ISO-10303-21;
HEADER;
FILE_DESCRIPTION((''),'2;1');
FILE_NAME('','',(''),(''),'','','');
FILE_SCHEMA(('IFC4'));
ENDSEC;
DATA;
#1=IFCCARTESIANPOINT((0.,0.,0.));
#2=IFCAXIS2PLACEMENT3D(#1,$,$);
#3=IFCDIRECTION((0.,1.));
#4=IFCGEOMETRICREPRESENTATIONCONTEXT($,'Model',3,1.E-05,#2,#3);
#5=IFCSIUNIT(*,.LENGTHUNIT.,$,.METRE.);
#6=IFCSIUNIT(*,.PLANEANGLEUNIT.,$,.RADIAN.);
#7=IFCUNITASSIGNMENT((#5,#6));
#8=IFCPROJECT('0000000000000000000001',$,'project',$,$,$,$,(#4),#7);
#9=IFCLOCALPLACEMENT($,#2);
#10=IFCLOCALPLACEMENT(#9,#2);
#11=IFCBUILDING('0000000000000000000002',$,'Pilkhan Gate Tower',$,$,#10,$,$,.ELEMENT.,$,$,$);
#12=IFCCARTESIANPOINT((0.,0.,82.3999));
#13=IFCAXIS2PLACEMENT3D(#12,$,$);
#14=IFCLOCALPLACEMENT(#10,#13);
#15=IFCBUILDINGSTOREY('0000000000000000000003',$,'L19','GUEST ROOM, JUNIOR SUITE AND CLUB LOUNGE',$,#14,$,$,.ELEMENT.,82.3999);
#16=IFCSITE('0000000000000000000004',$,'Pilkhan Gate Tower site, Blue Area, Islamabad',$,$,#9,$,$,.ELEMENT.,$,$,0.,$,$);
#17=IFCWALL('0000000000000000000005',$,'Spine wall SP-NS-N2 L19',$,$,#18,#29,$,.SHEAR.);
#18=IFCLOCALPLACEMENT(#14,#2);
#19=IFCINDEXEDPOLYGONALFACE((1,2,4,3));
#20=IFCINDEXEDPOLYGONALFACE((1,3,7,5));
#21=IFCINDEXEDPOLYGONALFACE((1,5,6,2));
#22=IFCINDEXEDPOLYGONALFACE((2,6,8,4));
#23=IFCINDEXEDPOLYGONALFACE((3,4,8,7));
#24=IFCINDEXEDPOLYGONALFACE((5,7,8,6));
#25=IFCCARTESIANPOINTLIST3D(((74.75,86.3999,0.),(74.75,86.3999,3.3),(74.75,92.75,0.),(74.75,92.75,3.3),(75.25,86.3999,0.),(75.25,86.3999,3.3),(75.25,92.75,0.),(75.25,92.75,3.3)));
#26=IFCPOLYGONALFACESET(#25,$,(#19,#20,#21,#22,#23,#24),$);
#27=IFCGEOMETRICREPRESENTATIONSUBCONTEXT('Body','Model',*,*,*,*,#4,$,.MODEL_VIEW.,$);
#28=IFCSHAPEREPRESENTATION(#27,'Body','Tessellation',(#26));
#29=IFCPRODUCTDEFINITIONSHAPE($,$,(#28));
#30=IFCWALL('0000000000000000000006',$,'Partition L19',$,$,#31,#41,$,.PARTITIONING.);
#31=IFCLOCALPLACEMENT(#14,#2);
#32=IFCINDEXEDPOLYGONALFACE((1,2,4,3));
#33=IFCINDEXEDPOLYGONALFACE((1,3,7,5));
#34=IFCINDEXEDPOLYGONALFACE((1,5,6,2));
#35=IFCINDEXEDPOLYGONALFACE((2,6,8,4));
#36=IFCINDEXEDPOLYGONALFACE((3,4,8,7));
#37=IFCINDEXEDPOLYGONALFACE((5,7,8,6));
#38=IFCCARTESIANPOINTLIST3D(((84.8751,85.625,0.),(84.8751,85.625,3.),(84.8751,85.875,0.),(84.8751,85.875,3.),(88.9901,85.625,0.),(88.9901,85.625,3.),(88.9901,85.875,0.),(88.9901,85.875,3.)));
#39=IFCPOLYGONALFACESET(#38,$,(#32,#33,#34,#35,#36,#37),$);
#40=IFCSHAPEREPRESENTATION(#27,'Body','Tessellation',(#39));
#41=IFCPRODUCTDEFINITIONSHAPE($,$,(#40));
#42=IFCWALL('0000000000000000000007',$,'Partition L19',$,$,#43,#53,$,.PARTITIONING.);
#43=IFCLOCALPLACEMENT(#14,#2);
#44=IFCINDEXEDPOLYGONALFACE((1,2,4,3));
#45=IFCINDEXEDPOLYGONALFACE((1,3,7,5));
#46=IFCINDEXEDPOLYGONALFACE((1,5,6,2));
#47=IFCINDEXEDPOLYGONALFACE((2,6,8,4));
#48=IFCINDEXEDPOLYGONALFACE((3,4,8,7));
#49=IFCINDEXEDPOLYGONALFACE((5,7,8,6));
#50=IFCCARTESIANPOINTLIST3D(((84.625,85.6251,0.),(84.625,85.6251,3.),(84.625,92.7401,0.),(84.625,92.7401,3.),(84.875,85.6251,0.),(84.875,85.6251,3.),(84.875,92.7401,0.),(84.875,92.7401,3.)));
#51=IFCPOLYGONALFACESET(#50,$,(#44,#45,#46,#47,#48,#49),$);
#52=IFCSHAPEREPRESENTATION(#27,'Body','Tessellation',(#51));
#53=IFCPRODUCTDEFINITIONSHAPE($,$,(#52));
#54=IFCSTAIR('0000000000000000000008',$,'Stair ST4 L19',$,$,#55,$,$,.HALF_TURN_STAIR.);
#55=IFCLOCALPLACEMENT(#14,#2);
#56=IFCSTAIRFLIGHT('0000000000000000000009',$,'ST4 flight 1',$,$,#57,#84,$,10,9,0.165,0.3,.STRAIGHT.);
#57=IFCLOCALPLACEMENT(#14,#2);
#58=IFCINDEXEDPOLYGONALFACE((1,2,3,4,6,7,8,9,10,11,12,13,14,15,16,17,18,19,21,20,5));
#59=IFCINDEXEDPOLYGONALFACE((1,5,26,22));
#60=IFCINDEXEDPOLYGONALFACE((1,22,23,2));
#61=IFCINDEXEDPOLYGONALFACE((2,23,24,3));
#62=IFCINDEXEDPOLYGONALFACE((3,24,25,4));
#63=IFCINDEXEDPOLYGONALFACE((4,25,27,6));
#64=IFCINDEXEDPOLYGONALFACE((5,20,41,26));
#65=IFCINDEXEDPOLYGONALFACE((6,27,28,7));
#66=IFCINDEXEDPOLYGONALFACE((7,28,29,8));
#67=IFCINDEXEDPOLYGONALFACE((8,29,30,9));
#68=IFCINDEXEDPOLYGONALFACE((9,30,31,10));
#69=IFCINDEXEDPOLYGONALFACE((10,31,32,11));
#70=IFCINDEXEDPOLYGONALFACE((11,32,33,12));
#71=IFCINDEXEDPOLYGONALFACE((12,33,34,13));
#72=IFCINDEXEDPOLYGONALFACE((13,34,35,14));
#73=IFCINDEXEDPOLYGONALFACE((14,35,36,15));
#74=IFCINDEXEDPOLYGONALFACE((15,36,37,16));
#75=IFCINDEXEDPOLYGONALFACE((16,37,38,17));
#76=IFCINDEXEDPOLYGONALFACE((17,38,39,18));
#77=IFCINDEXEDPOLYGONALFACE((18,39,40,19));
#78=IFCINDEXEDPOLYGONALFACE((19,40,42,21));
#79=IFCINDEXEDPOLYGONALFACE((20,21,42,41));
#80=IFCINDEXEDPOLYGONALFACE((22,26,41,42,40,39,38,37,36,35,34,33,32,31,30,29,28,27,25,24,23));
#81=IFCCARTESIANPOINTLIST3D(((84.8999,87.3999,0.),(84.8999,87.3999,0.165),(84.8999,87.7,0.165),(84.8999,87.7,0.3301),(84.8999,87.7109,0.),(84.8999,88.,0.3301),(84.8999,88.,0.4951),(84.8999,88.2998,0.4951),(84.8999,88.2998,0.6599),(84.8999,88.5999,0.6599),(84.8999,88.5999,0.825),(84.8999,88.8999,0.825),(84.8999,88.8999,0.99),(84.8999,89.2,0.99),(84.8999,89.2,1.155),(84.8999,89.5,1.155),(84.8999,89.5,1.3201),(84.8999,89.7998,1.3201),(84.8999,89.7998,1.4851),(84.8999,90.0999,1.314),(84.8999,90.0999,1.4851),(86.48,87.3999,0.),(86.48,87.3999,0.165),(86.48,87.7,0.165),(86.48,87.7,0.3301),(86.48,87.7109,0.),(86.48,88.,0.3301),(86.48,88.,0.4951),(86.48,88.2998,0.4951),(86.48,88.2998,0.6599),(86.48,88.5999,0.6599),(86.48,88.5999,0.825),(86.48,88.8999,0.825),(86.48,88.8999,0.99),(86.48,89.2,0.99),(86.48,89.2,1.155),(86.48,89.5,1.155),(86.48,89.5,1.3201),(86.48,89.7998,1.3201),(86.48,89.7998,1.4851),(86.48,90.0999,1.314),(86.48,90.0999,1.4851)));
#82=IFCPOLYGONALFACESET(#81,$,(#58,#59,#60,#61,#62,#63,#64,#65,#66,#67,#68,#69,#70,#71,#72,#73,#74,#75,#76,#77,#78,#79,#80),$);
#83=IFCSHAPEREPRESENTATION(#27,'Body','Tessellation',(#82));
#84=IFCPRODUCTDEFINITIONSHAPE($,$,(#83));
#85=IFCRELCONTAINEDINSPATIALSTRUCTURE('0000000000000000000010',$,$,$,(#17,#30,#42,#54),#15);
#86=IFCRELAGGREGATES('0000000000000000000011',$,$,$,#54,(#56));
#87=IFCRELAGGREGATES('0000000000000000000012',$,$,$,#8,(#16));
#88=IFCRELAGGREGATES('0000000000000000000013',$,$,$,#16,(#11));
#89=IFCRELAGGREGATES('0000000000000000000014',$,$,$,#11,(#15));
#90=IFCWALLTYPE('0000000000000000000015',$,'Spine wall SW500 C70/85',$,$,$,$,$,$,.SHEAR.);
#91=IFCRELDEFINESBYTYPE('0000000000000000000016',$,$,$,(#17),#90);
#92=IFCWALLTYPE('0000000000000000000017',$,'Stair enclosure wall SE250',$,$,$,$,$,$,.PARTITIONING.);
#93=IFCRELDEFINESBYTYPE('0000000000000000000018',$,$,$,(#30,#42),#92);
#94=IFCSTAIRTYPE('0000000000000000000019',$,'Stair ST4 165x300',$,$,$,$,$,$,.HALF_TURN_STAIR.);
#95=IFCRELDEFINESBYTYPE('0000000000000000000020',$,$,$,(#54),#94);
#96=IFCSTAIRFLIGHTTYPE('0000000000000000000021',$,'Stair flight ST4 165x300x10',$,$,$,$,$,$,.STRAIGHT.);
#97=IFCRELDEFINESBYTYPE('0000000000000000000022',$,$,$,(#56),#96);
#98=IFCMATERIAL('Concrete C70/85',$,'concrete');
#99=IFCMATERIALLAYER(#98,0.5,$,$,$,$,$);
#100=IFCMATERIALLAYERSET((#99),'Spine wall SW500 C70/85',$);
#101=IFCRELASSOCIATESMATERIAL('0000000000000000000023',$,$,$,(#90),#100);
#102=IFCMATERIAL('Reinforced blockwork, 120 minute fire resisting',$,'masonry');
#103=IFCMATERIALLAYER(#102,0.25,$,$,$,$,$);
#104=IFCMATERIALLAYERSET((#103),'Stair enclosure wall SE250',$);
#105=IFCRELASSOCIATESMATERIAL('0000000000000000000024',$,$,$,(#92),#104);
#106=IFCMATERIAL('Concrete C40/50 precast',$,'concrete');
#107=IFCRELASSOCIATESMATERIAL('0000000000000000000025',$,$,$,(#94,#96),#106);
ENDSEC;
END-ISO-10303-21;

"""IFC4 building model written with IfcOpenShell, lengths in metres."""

from ifc_helpers import new_model, si_unit, direction, frame, frame_2d, origin, place, context, subcontext, project, spatial, polyline, rectangle, outline, extrude, material, layer, layer_set, type_object, element, aggregate, save


model = new_model("IFC4")

# Units and contexts
model_context = context("Model", 3, precision=1e-05, world=origin(), true_north=direction((0.0, 1.0)))
body_context = subcontext(model_context, "Body", "Model", "MODEL_VIEW")
ifc_project = project(units=[si_unit("LENGTHUNIT", "METRE"), si_unit("PLANEANGLEUNIT", "RADIAN")], contexts=[model_context])

# Site, building, storey
site_placement = place(None, origin())
site = spatial("IfcSite", under=ifc_project, at=site_placement, Name="Pilkhan Gate Tower site, Blue Area, Islamabad", CompositionType="ELEMENT", RefElevation=0.0)
building_placement = place(site_placement, origin())
building = spatial("IfcBuilding", under=site, at=building_placement, Name="Pilkhan Gate Tower", CompositionType="ELEMENT")
storey_placement = place(building_placement, frame((0.0, 0.0, 82.3999)))
storey = spatial("IfcBuildingStorey", under=building, at=storey_placement, Name="L19", Description="GUEST ROOM, JUNIOR SUITE AND CLUB LOUNGE", CompositionType="ELEMENT", Elevation=82.3999)

# Shared definitions
ifc_material_1 = material(Name="Concrete C70/85", Category="concrete")

# Walls
ifc_layer_1 = layer(ifc_material_1, 0.5)
ifc_layer_set_1 = layer_set([ifc_layer_1], Name="Spine wall SW500 C70/85")
wall_type_1 = type_object("IfcWallType", Name="Spine wall SW500 C70/85", PredefinedType="SHEAR", material=ifc_layer_set_1)
wall_1_placement = place(storey_placement, frame((75.0, 86.3999, 0.0), z_axis=(0.0, 0.0, 1.0), x_axis=(0.0, 1.0, 0.0)))
element("IfcWall", 1, at=wall_1_placement, inside=storey, type_object=wall_type_1, Name="Spine wall SP-NS-N2 L19", PredefinedType="SHEAR", context=body_context, shape_type="SweptSolid", body=[
    extrude(rectangle(XDim=6.3501, YDim=0.5, at=frame_2d((3.175, 0.0))), origin(), (0.0, 0.0, 1.0), 3.3),
])
ifc_material_2 = material(Name="Reinforced blockwork, 120 minute fire resisting", Category="masonry")
ifc_layer_2 = layer(ifc_material_2, 0.25)
ifc_layer_set_2 = layer_set([ifc_layer_2], Name="Stair enclosure wall SE250")
wall_type_2 = type_object("IfcWallType", Name="Stair enclosure wall SE250", PredefinedType="PARTITIONING", material=ifc_layer_set_2)
wall_2_placement = place(storey_placement, frame((84.875, 85.75, 0.0), z_axis=(0.0, 0.0, 1.0), x_axis=(1.0, 0.0, 0.0)))
element("IfcWall", 2, at=wall_2_placement, inside=storey, type_object=wall_type_2, Name="Partition L19", PredefinedType="PARTITIONING", context=body_context, shape_type="SweptSolid", body=[
    extrude(rectangle(XDim=4.115, YDim=0.25, at=frame_2d((2.0576, 0.0))), origin(), (0.0, 0.0, 1.0), 3.0),
])
wall_3_placement = place(storey_placement, frame((84.75, 85.625, 0.0), z_axis=(0.0, 0.0, 1.0), x_axis=(0.0, 1.0, 0.0)))
element("IfcWall", 3, at=wall_3_placement, inside=storey, type_object=wall_type_2, Name="Partition L19", PredefinedType="PARTITIONING", context=body_context, shape_type="SweptSolid", body=[
    extrude(rectangle(XDim=7.115, YDim=0.25, at=frame_2d((3.5576, 0.0))), origin(), (0.0, 0.0, 1.0), 3.0),
])

# Stair, stair flight
ifc_material_3 = material(Name="Concrete C40/50 precast", Category="concrete")
stair_type = type_object("IfcStairType", Name="Stair ST4 165x300", PredefinedType="HALF_TURN_STAIR", material=ifc_material_3)
stair_placement = place(storey_placement, origin())
stair = element("IfcStair", 4, at=stair_placement, inside=storey, type_object=stair_type, Name="Stair ST4 L19", PredefinedType="HALF_TURN_STAIR")
stair_flight_type = type_object("IfcStairFlightType", Name="Stair flight ST4 165x300x10", PredefinedType="STRAIGHT", material=ifc_material_3)
stair_flight_placement = place(storey_placement, frame((85.6899, 87.3999, 0.0), z_axis=(0.0, 0.0, 1.0), x_axis=(0.0, 1.0, 0.0)))
stair_flight = element("IfcStairFlight", 5, at=stair_flight_placement, type_object=stair_flight_type, Name="ST4 flight 1", NumberOfRisers=10, NumberOfTreads=9, PredefinedType="STRAIGHT", RiserHeight=0.165, TreadLength=0.3, context=body_context, shape_type="SweptSolid", body=[
    extrude(outline(polyline([(0.0, 0.0), (0.0, 0.165), (0.3, 0.165), (0.3, 0.3301), (0.6001, 0.3301), (0.6001, 0.4951), (0.8999, 0.4951), (0.8999, 0.6599), (1.2, 0.6599), (1.2, 0.825), (1.5, 0.825), (1.5, 0.99), (1.8, 0.99), (1.8, 1.155), (2.1001, 1.155), (2.1001, 1.3201), (2.3999, 1.3201), (2.3999, 1.4851), (2.7, 1.4851), (2.7, 1.6499), (2.7, 1.314), (0.311, 0.0), (0.0, 0.0)])), frame((0.0, 0.79, 0.0), z_axis=(0.0, -1.0, 0.0), x_axis=(1.0, 0.0, 0.0)), (0.0, 0.0, 1.0), 1.5801),
])
aggregate(stair, [stair_flight])

save(model, "model.ifc")
